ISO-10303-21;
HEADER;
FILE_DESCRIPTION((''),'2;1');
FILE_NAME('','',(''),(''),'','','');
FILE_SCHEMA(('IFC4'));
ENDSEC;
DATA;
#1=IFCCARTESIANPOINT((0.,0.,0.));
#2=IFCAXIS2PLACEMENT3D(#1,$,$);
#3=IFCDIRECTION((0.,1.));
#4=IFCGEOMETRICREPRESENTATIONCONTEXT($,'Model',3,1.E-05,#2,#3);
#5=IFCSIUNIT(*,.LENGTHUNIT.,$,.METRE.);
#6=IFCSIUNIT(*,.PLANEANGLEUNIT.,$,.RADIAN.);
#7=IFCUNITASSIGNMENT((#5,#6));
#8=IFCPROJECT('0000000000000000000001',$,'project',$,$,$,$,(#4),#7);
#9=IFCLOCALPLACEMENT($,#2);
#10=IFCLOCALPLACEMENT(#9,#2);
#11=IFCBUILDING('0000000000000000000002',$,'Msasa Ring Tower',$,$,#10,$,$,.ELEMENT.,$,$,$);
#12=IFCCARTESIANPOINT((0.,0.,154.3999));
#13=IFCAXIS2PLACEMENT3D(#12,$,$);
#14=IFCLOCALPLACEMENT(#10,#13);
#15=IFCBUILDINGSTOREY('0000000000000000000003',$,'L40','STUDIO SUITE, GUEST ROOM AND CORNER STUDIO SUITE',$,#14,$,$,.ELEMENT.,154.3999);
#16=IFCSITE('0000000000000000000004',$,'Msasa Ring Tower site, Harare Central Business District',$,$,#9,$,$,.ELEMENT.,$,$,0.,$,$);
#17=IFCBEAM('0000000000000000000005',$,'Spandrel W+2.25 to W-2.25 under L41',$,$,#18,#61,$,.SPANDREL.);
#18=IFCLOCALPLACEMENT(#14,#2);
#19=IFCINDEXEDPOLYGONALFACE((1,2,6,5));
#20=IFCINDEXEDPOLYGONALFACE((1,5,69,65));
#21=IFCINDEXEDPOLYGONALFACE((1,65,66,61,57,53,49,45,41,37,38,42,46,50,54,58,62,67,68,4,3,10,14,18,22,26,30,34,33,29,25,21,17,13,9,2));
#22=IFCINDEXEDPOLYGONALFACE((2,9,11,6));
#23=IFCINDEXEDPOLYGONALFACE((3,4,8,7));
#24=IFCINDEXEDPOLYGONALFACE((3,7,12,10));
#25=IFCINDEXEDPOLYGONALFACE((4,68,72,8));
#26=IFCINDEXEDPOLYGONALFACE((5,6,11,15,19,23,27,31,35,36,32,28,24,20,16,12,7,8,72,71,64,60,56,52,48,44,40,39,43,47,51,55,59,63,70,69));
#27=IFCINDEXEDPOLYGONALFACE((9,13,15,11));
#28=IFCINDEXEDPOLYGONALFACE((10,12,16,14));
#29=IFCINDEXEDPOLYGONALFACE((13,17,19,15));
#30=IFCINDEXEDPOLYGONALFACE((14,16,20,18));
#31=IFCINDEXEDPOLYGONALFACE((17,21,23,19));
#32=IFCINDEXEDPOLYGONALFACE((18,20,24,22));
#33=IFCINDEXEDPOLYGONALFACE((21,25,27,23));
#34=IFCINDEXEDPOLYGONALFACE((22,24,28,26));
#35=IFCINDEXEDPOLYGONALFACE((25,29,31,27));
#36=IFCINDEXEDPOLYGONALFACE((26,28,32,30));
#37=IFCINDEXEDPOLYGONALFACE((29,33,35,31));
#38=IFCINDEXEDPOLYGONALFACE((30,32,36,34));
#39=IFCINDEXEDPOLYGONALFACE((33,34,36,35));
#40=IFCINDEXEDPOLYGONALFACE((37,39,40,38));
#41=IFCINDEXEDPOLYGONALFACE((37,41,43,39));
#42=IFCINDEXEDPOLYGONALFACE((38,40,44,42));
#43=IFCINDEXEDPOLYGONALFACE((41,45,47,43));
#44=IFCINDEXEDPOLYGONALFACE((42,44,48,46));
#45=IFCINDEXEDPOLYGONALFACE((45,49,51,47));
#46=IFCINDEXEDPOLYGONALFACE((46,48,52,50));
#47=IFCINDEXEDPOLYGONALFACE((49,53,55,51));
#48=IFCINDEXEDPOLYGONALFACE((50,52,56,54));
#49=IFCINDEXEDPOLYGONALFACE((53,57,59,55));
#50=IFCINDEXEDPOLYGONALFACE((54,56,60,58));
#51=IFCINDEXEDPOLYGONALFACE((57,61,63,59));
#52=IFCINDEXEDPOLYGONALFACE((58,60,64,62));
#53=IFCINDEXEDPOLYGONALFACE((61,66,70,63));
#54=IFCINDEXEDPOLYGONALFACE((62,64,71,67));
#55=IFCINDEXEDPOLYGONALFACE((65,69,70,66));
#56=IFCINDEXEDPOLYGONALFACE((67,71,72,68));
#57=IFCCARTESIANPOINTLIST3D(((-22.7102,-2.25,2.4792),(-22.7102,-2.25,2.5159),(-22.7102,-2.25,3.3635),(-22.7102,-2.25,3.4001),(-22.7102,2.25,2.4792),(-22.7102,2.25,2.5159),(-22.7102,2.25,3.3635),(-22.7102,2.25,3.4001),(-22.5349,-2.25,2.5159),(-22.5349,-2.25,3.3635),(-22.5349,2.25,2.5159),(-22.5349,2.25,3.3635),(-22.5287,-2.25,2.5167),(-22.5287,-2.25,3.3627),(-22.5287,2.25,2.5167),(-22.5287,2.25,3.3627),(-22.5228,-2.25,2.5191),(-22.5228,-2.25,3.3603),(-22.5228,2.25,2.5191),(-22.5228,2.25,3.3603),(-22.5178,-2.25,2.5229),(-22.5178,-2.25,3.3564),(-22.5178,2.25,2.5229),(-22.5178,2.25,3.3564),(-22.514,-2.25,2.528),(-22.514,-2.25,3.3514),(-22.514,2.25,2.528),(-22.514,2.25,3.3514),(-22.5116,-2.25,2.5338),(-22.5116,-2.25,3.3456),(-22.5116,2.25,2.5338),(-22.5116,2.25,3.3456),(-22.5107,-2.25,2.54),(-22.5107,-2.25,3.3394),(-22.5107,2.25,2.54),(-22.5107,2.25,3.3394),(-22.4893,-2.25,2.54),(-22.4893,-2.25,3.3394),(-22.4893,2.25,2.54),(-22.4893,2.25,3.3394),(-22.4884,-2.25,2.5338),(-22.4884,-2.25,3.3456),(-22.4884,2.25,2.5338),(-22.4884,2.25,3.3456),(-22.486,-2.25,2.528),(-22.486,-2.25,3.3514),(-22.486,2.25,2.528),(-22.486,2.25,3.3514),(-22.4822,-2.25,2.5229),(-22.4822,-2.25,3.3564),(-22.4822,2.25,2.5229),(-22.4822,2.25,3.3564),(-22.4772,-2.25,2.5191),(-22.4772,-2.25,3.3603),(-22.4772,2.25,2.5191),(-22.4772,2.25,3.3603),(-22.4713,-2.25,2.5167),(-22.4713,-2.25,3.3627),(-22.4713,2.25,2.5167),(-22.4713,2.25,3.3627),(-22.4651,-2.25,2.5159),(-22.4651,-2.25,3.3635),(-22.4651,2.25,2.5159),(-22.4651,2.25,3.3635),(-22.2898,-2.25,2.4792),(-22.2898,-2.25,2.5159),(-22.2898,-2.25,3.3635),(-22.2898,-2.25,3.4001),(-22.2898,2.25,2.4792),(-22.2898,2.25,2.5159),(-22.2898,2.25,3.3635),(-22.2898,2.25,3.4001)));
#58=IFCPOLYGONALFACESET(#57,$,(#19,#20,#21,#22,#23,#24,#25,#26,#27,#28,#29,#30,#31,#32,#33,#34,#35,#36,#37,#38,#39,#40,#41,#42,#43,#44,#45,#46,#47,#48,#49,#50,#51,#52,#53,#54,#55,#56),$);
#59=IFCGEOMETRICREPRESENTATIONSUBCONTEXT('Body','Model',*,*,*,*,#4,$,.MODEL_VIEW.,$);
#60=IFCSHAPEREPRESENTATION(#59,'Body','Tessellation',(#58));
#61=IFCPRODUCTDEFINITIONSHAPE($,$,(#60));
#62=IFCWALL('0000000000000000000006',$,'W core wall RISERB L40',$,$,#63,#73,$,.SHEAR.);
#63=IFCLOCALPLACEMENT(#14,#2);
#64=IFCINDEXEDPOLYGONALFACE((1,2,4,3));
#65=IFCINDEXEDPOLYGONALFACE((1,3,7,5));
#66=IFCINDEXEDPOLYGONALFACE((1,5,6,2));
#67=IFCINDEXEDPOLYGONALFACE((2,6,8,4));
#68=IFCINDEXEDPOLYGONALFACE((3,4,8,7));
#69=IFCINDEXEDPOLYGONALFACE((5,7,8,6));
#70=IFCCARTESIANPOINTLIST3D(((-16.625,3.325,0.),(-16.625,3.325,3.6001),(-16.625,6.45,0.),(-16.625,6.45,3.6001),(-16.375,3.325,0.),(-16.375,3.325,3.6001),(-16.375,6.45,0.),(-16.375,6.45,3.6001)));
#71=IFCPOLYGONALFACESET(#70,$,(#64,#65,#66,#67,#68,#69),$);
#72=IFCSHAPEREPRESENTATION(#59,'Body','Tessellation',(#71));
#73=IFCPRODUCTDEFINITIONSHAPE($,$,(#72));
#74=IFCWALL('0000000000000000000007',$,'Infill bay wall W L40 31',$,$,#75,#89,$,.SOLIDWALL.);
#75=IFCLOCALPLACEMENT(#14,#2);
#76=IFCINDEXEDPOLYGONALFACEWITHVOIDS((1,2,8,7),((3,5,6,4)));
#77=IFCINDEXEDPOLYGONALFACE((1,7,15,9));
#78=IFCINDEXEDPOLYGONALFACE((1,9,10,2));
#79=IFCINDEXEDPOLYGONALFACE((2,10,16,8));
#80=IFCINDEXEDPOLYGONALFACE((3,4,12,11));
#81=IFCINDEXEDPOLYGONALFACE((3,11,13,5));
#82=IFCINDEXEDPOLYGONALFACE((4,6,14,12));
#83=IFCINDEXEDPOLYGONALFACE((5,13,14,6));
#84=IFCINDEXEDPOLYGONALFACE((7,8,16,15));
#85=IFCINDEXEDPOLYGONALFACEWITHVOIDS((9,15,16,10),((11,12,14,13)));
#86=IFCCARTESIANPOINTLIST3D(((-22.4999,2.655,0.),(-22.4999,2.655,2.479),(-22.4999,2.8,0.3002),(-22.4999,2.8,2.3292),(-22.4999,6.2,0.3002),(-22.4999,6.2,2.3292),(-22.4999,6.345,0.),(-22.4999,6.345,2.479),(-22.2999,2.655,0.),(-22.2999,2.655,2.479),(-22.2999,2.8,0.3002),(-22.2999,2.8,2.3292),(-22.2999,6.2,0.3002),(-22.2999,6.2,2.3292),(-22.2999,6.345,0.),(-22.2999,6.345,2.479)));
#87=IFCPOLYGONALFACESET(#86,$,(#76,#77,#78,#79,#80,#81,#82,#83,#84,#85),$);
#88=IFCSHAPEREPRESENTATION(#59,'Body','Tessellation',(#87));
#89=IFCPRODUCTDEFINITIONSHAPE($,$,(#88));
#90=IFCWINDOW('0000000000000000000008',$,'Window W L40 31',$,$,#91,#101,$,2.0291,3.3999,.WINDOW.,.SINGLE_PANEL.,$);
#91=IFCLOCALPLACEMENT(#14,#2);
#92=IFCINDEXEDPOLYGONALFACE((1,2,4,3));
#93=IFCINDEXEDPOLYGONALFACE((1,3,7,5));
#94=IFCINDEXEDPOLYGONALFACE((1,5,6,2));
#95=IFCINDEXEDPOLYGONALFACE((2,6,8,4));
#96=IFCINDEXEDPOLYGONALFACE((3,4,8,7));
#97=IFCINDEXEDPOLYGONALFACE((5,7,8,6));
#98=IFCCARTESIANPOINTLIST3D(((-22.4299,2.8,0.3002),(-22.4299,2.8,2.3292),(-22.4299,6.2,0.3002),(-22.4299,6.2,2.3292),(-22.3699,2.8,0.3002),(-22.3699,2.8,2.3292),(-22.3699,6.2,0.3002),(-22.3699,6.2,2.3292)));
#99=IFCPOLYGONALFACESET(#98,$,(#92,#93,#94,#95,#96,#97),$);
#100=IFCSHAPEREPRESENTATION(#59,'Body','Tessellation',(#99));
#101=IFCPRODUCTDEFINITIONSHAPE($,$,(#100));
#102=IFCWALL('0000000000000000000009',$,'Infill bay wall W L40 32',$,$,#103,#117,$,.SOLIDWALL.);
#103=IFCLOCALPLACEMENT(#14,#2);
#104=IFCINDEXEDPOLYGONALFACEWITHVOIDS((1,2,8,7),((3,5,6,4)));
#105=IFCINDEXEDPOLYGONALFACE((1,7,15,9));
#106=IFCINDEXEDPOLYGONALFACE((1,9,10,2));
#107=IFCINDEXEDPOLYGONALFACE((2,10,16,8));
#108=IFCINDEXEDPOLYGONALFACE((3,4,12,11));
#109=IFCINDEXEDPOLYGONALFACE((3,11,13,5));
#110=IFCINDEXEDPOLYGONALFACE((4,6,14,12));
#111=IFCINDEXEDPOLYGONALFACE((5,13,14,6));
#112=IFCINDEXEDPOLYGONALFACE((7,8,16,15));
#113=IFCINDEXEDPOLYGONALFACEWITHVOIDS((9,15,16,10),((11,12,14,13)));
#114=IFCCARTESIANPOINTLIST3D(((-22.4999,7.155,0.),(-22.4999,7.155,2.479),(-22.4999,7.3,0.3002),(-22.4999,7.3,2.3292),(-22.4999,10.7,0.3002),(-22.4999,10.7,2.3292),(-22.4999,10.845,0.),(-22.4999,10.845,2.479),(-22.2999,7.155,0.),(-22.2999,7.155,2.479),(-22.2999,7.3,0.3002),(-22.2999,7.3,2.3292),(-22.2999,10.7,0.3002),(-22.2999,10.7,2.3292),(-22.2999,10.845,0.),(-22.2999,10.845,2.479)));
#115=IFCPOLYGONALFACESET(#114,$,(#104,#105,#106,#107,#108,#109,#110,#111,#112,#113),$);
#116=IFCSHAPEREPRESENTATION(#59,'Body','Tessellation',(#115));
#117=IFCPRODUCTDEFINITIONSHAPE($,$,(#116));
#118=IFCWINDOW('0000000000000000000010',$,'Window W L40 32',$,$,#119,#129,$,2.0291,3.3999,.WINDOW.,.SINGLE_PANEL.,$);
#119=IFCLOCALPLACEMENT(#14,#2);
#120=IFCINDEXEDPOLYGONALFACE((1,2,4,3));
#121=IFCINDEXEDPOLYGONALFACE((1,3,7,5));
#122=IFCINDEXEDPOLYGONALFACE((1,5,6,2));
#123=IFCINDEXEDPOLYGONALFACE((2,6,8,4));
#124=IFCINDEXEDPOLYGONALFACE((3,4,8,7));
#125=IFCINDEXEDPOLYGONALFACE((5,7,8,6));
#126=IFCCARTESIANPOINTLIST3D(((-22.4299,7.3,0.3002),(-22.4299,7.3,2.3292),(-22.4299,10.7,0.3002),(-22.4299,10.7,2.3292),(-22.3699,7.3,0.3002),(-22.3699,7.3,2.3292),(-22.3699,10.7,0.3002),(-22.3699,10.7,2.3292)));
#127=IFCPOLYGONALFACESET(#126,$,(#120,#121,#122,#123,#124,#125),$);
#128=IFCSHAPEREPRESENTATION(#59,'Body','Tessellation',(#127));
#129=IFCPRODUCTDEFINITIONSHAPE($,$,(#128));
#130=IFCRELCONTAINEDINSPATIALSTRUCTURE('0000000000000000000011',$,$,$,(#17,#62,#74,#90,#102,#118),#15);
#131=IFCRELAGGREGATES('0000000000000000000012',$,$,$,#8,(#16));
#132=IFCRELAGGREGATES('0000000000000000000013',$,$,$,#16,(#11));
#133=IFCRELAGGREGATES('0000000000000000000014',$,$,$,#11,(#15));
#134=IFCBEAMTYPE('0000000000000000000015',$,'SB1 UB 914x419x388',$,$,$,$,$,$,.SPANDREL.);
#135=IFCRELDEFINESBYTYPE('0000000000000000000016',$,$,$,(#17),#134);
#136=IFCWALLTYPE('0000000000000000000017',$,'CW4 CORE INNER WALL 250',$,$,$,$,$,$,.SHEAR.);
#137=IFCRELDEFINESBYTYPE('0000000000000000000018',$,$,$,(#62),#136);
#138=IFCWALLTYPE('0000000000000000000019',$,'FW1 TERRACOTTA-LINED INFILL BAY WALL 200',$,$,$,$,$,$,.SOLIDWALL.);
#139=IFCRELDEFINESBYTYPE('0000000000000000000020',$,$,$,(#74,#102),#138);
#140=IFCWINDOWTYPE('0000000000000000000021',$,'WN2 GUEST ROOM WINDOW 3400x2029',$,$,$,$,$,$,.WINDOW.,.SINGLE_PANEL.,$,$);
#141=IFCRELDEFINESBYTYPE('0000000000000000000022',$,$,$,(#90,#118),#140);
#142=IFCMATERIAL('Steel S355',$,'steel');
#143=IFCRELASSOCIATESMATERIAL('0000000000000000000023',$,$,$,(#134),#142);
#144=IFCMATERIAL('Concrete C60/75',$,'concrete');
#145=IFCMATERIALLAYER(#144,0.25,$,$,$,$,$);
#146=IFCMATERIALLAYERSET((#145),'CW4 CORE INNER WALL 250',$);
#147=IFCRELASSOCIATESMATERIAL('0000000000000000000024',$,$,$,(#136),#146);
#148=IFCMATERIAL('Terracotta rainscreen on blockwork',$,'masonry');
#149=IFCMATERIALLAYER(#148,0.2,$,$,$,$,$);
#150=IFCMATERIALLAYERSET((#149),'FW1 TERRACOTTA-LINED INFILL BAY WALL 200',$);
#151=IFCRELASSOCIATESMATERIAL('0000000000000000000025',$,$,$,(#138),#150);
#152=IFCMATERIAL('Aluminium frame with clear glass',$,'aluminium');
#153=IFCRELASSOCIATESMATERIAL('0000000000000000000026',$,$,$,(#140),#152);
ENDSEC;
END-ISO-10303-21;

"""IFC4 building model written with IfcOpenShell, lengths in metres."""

from ifc_helpers import new_model, si_unit, direction, frame, frame_2d, origin, origin_2d, place, context, subcontext, project, spatial, rectangle, i_section, extrude, material, layer, layer_set, material_profile, profile_set, type_object, element, fill, save


model = new_model("IFC4")

# Units and contexts
model_context = context("Model", 3, precision=1e-05, world=origin(), true_north=direction((0.0, 1.0)))
body_context = subcontext(model_context, "Body", "Model", "MODEL_VIEW")
ifc_project = project(units=[si_unit("LENGTHUNIT", "METRE"), si_unit("PLANEANGLEUNIT", "RADIAN")], contexts=[model_context])

# Site, building, storey
site_placement = place(None, origin())
site = spatial("IfcSite", under=ifc_project, at=site_placement, Name="Msasa Ring Tower site, Harare Central Business District", CompositionType="ELEMENT", RefElevation=0.0)
building_placement = place(site_placement, origin())
building = spatial("IfcBuilding", under=site, at=building_placement, Name="Msasa Ring Tower", CompositionType="ELEMENT")
storey_placement = place(building_placement, frame((0.0, 0.0, 154.3999)))
storey = spatial("IfcBuildingStorey", under=building, at=storey_placement, Name="L40", Description="STUDIO SUITE, GUEST ROOM AND CORNER STUDIO SUITE", CompositionType="ELEMENT", Elevation=154.3999)

# Beam
ifc_material_1 = material(Name="Steel S355", Category="steel")
ifc_material_profile_1 = material_profile(ifc_material_1, i_section(OverallWidth=0.4204, OverallDepth=0.9209, WebThickness=0.0215, FlangeThickness=0.0366, FilletRadius=0.0242, at=origin_2d()), Name="UB 914x419x388")
ifc_profile_set_1 = profile_set([ifc_material_profile_1], Name="Steel S355")
beam_type_1 = type_object("IfcBeamType", Name="SB1 UB 914x419x388", PredefinedType="SPANDREL", material=ifc_profile_set_1)
for number, where, z_axis, x_axis, name in (
    (1, (-22.5, 2.25, 2.9397), (0.0, -1.0, 0.0), (1.0, 0.0, 0.0), "Spandrel W+2.25 to W-2.25 under L41"),
):
    element("IfcBeam", number, at=place(storey_placement, frame(where, z_axis=z_axis, x_axis=x_axis)), inside=storey, type_object=beam_type_1, Name=name, PredefinedType="SPANDREL", context=body_context, shape_type="SweptSolid", body=[
        extrude(i_section(OverallWidth=0.4204, OverallDepth=0.9209, WebThickness=0.0215, FlangeThickness=0.0366, FilletRadius=0.0242, at=origin_2d()), origin(), (0.0, 0.0, 1.0), 4.5),
    ])

# Wall
ifc_material_2 = material(Name="Concrete C60/75", Category="concrete")
ifc_layer_1 = layer(ifc_material_2, 0.25)
ifc_layer_set_1 = layer_set([ifc_layer_1], Name="CW4 CORE INNER WALL 250")
wall_type_1 = type_object("IfcWallType", Name="CW4 CORE INNER WALL 250", PredefinedType="SHEAR", material=ifc_layer_set_1)
wall_1_placement = place(storey_placement, frame((-16.5, 3.325, 0.0), z_axis=(0.0, 0.0, 1.0), x_axis=(0.0, 1.0, 0.0)))
element("IfcWall", 2, at=wall_1_placement, inside=storey, type_object=wall_type_1, Name="W core wall RISERB L40", PredefinedType="SHEAR", context=body_context, shape_type="SweptSolid", body=[
    extrude(rectangle(XDim=3.125, YDim=0.25, at=frame_2d((1.5625, 0.0))), origin(), (0.0, 0.0, 1.0), 3.6001),
])

# Walls, openings, windows
ifc_material_3 = material(Name="Terracotta rainscreen on blockwork", Category="masonry")
ifc_layer_2 = layer(ifc_material_3, 0.2)
ifc_layer_set_2 = layer_set([ifc_layer_2], Name="FW1 TERRACOTTA-LINED INFILL BAY WALL 200")
wall_type_2 = type_object("IfcWallType", Name="FW1 TERRACOTTA-LINED INFILL BAY WALL 200", PredefinedType="SOLIDWALL", material=ifc_layer_set_2)
wall_2_placement = place(storey_placement, frame((-22.3999, 2.655, 0.0), z_axis=(0.0, 0.0, 1.0), x_axis=(0.0, 1.0, 0.0)))
wall_2 = element("IfcWall", 3, at=wall_2_placement, inside=storey, type_object=wall_type_2, Name="Infill bay wall W L40 31", PredefinedType="SOLIDWALL", context=body_context, shape_type="SweptSolid", body=[
    extrude(rectangle(XDim=3.6899, YDim=0.2, at=frame_2d((1.845, 0.0))), origin(), (0.0, 0.0, 1.0), 2.479),
])
opening_1_placement = place(wall_2_placement, frame((0.145, 0.0, 0.3)))
opening_1 = element("IfcOpeningElement", 4, at=opening_1_placement, cuts=wall_2, PredefinedType="OPENING", context=body_context, shape_type="SweptSolid", body=[
    extrude(rectangle(XDim=3.3999, YDim=2.0291, at=frame_2d((1.7, 1.0146))), frame((0.0, 0.1099, 0.0), z_axis=(0.0, -1.0, 0.0), x_axis=(1.0, 0.0, 0.0)), (0.0, 0.0, 1.0), 0.22),
])
ifc_material_4 = material(Name="Aluminium frame with clear glass", Category="aluminium")
window_type = type_object("IfcWindowType", Name="WN2 GUEST ROOM WINDOW 3400x2029", PartitioningType="SINGLE_PANEL", PredefinedType="WINDOW", material=ifc_material_4)
window_1_placement = place(opening_1_placement, origin())
window_1 = element("IfcWindow", 5, at=window_1_placement, inside=storey, type_object=window_type, Name="Window W L40 31", OverallHeight=2.0291, OverallWidth=3.3999, PartitioningType="SINGLE_PANEL", PredefinedType="WINDOW", context=body_context, shape_type="SweptSolid", body=[
    extrude(rectangle(XDim=3.3999, YDim=2.0291, at=frame_2d((1.7, 1.0146))), frame((0.0, 0.03, 0.0), z_axis=(0.0, -1.0, 0.0), x_axis=(1.0, 0.0, 0.0)), (0.0, 0.0, 1.0), 0.0601),
])
fill(opening_1, window_1)
wall_3_placement = place(storey_placement, frame((-22.3999, 7.155, 0.0), z_axis=(0.0, 0.0, 1.0), x_axis=(0.0, 1.0, 0.0)))
wall_3 = element("IfcWall", 6, at=wall_3_placement, inside=storey, type_object=wall_type_2, Name="Infill bay wall W L40 32", PredefinedType="SOLIDWALL", context=body_context, shape_type="SweptSolid", body=[
    extrude(rectangle(XDim=3.6899, YDim=0.2, at=frame_2d((1.845, 0.0))), origin(), (0.0, 0.0, 1.0), 2.479),
])
opening_2_placement = place(wall_3_placement, frame((0.145, 0.0, 0.3)))
opening_2 = element("IfcOpeningElement", 7, at=opening_2_placement, cuts=wall_3, PredefinedType="OPENING", context=body_context, shape_type="SweptSolid", body=[
    extrude(rectangle(XDim=3.3999, YDim=2.0291, at=frame_2d((1.7, 1.0146))), frame((0.0, 0.1099, 0.0), z_axis=(0.0, -1.0, 0.0), x_axis=(1.0, 0.0, 0.0)), (0.0, 0.0, 1.0), 0.22),
])
window_2_placement = place(opening_2_placement, origin())
window_2 = element("IfcWindow", 8, at=window_2_placement, inside=storey, type_object=window_type, Name="Window W L40 32", OverallHeight=2.0291, OverallWidth=3.3999, PartitioningType="SINGLE_PANEL", PredefinedType="WINDOW", context=body_context, shape_type="SweptSolid", body=[
    extrude(rectangle(XDim=3.3999, YDim=2.0291, at=frame_2d((1.7, 1.0146))), frame((0.0, 0.03, 0.0), z_axis=(0.0, -1.0, 0.0), x_axis=(1.0, 0.0, 0.0)), (0.0, 0.0, 1.0), 0.0601),
])
fill(opening_2, window_2)

save(model, "model.ifc")
